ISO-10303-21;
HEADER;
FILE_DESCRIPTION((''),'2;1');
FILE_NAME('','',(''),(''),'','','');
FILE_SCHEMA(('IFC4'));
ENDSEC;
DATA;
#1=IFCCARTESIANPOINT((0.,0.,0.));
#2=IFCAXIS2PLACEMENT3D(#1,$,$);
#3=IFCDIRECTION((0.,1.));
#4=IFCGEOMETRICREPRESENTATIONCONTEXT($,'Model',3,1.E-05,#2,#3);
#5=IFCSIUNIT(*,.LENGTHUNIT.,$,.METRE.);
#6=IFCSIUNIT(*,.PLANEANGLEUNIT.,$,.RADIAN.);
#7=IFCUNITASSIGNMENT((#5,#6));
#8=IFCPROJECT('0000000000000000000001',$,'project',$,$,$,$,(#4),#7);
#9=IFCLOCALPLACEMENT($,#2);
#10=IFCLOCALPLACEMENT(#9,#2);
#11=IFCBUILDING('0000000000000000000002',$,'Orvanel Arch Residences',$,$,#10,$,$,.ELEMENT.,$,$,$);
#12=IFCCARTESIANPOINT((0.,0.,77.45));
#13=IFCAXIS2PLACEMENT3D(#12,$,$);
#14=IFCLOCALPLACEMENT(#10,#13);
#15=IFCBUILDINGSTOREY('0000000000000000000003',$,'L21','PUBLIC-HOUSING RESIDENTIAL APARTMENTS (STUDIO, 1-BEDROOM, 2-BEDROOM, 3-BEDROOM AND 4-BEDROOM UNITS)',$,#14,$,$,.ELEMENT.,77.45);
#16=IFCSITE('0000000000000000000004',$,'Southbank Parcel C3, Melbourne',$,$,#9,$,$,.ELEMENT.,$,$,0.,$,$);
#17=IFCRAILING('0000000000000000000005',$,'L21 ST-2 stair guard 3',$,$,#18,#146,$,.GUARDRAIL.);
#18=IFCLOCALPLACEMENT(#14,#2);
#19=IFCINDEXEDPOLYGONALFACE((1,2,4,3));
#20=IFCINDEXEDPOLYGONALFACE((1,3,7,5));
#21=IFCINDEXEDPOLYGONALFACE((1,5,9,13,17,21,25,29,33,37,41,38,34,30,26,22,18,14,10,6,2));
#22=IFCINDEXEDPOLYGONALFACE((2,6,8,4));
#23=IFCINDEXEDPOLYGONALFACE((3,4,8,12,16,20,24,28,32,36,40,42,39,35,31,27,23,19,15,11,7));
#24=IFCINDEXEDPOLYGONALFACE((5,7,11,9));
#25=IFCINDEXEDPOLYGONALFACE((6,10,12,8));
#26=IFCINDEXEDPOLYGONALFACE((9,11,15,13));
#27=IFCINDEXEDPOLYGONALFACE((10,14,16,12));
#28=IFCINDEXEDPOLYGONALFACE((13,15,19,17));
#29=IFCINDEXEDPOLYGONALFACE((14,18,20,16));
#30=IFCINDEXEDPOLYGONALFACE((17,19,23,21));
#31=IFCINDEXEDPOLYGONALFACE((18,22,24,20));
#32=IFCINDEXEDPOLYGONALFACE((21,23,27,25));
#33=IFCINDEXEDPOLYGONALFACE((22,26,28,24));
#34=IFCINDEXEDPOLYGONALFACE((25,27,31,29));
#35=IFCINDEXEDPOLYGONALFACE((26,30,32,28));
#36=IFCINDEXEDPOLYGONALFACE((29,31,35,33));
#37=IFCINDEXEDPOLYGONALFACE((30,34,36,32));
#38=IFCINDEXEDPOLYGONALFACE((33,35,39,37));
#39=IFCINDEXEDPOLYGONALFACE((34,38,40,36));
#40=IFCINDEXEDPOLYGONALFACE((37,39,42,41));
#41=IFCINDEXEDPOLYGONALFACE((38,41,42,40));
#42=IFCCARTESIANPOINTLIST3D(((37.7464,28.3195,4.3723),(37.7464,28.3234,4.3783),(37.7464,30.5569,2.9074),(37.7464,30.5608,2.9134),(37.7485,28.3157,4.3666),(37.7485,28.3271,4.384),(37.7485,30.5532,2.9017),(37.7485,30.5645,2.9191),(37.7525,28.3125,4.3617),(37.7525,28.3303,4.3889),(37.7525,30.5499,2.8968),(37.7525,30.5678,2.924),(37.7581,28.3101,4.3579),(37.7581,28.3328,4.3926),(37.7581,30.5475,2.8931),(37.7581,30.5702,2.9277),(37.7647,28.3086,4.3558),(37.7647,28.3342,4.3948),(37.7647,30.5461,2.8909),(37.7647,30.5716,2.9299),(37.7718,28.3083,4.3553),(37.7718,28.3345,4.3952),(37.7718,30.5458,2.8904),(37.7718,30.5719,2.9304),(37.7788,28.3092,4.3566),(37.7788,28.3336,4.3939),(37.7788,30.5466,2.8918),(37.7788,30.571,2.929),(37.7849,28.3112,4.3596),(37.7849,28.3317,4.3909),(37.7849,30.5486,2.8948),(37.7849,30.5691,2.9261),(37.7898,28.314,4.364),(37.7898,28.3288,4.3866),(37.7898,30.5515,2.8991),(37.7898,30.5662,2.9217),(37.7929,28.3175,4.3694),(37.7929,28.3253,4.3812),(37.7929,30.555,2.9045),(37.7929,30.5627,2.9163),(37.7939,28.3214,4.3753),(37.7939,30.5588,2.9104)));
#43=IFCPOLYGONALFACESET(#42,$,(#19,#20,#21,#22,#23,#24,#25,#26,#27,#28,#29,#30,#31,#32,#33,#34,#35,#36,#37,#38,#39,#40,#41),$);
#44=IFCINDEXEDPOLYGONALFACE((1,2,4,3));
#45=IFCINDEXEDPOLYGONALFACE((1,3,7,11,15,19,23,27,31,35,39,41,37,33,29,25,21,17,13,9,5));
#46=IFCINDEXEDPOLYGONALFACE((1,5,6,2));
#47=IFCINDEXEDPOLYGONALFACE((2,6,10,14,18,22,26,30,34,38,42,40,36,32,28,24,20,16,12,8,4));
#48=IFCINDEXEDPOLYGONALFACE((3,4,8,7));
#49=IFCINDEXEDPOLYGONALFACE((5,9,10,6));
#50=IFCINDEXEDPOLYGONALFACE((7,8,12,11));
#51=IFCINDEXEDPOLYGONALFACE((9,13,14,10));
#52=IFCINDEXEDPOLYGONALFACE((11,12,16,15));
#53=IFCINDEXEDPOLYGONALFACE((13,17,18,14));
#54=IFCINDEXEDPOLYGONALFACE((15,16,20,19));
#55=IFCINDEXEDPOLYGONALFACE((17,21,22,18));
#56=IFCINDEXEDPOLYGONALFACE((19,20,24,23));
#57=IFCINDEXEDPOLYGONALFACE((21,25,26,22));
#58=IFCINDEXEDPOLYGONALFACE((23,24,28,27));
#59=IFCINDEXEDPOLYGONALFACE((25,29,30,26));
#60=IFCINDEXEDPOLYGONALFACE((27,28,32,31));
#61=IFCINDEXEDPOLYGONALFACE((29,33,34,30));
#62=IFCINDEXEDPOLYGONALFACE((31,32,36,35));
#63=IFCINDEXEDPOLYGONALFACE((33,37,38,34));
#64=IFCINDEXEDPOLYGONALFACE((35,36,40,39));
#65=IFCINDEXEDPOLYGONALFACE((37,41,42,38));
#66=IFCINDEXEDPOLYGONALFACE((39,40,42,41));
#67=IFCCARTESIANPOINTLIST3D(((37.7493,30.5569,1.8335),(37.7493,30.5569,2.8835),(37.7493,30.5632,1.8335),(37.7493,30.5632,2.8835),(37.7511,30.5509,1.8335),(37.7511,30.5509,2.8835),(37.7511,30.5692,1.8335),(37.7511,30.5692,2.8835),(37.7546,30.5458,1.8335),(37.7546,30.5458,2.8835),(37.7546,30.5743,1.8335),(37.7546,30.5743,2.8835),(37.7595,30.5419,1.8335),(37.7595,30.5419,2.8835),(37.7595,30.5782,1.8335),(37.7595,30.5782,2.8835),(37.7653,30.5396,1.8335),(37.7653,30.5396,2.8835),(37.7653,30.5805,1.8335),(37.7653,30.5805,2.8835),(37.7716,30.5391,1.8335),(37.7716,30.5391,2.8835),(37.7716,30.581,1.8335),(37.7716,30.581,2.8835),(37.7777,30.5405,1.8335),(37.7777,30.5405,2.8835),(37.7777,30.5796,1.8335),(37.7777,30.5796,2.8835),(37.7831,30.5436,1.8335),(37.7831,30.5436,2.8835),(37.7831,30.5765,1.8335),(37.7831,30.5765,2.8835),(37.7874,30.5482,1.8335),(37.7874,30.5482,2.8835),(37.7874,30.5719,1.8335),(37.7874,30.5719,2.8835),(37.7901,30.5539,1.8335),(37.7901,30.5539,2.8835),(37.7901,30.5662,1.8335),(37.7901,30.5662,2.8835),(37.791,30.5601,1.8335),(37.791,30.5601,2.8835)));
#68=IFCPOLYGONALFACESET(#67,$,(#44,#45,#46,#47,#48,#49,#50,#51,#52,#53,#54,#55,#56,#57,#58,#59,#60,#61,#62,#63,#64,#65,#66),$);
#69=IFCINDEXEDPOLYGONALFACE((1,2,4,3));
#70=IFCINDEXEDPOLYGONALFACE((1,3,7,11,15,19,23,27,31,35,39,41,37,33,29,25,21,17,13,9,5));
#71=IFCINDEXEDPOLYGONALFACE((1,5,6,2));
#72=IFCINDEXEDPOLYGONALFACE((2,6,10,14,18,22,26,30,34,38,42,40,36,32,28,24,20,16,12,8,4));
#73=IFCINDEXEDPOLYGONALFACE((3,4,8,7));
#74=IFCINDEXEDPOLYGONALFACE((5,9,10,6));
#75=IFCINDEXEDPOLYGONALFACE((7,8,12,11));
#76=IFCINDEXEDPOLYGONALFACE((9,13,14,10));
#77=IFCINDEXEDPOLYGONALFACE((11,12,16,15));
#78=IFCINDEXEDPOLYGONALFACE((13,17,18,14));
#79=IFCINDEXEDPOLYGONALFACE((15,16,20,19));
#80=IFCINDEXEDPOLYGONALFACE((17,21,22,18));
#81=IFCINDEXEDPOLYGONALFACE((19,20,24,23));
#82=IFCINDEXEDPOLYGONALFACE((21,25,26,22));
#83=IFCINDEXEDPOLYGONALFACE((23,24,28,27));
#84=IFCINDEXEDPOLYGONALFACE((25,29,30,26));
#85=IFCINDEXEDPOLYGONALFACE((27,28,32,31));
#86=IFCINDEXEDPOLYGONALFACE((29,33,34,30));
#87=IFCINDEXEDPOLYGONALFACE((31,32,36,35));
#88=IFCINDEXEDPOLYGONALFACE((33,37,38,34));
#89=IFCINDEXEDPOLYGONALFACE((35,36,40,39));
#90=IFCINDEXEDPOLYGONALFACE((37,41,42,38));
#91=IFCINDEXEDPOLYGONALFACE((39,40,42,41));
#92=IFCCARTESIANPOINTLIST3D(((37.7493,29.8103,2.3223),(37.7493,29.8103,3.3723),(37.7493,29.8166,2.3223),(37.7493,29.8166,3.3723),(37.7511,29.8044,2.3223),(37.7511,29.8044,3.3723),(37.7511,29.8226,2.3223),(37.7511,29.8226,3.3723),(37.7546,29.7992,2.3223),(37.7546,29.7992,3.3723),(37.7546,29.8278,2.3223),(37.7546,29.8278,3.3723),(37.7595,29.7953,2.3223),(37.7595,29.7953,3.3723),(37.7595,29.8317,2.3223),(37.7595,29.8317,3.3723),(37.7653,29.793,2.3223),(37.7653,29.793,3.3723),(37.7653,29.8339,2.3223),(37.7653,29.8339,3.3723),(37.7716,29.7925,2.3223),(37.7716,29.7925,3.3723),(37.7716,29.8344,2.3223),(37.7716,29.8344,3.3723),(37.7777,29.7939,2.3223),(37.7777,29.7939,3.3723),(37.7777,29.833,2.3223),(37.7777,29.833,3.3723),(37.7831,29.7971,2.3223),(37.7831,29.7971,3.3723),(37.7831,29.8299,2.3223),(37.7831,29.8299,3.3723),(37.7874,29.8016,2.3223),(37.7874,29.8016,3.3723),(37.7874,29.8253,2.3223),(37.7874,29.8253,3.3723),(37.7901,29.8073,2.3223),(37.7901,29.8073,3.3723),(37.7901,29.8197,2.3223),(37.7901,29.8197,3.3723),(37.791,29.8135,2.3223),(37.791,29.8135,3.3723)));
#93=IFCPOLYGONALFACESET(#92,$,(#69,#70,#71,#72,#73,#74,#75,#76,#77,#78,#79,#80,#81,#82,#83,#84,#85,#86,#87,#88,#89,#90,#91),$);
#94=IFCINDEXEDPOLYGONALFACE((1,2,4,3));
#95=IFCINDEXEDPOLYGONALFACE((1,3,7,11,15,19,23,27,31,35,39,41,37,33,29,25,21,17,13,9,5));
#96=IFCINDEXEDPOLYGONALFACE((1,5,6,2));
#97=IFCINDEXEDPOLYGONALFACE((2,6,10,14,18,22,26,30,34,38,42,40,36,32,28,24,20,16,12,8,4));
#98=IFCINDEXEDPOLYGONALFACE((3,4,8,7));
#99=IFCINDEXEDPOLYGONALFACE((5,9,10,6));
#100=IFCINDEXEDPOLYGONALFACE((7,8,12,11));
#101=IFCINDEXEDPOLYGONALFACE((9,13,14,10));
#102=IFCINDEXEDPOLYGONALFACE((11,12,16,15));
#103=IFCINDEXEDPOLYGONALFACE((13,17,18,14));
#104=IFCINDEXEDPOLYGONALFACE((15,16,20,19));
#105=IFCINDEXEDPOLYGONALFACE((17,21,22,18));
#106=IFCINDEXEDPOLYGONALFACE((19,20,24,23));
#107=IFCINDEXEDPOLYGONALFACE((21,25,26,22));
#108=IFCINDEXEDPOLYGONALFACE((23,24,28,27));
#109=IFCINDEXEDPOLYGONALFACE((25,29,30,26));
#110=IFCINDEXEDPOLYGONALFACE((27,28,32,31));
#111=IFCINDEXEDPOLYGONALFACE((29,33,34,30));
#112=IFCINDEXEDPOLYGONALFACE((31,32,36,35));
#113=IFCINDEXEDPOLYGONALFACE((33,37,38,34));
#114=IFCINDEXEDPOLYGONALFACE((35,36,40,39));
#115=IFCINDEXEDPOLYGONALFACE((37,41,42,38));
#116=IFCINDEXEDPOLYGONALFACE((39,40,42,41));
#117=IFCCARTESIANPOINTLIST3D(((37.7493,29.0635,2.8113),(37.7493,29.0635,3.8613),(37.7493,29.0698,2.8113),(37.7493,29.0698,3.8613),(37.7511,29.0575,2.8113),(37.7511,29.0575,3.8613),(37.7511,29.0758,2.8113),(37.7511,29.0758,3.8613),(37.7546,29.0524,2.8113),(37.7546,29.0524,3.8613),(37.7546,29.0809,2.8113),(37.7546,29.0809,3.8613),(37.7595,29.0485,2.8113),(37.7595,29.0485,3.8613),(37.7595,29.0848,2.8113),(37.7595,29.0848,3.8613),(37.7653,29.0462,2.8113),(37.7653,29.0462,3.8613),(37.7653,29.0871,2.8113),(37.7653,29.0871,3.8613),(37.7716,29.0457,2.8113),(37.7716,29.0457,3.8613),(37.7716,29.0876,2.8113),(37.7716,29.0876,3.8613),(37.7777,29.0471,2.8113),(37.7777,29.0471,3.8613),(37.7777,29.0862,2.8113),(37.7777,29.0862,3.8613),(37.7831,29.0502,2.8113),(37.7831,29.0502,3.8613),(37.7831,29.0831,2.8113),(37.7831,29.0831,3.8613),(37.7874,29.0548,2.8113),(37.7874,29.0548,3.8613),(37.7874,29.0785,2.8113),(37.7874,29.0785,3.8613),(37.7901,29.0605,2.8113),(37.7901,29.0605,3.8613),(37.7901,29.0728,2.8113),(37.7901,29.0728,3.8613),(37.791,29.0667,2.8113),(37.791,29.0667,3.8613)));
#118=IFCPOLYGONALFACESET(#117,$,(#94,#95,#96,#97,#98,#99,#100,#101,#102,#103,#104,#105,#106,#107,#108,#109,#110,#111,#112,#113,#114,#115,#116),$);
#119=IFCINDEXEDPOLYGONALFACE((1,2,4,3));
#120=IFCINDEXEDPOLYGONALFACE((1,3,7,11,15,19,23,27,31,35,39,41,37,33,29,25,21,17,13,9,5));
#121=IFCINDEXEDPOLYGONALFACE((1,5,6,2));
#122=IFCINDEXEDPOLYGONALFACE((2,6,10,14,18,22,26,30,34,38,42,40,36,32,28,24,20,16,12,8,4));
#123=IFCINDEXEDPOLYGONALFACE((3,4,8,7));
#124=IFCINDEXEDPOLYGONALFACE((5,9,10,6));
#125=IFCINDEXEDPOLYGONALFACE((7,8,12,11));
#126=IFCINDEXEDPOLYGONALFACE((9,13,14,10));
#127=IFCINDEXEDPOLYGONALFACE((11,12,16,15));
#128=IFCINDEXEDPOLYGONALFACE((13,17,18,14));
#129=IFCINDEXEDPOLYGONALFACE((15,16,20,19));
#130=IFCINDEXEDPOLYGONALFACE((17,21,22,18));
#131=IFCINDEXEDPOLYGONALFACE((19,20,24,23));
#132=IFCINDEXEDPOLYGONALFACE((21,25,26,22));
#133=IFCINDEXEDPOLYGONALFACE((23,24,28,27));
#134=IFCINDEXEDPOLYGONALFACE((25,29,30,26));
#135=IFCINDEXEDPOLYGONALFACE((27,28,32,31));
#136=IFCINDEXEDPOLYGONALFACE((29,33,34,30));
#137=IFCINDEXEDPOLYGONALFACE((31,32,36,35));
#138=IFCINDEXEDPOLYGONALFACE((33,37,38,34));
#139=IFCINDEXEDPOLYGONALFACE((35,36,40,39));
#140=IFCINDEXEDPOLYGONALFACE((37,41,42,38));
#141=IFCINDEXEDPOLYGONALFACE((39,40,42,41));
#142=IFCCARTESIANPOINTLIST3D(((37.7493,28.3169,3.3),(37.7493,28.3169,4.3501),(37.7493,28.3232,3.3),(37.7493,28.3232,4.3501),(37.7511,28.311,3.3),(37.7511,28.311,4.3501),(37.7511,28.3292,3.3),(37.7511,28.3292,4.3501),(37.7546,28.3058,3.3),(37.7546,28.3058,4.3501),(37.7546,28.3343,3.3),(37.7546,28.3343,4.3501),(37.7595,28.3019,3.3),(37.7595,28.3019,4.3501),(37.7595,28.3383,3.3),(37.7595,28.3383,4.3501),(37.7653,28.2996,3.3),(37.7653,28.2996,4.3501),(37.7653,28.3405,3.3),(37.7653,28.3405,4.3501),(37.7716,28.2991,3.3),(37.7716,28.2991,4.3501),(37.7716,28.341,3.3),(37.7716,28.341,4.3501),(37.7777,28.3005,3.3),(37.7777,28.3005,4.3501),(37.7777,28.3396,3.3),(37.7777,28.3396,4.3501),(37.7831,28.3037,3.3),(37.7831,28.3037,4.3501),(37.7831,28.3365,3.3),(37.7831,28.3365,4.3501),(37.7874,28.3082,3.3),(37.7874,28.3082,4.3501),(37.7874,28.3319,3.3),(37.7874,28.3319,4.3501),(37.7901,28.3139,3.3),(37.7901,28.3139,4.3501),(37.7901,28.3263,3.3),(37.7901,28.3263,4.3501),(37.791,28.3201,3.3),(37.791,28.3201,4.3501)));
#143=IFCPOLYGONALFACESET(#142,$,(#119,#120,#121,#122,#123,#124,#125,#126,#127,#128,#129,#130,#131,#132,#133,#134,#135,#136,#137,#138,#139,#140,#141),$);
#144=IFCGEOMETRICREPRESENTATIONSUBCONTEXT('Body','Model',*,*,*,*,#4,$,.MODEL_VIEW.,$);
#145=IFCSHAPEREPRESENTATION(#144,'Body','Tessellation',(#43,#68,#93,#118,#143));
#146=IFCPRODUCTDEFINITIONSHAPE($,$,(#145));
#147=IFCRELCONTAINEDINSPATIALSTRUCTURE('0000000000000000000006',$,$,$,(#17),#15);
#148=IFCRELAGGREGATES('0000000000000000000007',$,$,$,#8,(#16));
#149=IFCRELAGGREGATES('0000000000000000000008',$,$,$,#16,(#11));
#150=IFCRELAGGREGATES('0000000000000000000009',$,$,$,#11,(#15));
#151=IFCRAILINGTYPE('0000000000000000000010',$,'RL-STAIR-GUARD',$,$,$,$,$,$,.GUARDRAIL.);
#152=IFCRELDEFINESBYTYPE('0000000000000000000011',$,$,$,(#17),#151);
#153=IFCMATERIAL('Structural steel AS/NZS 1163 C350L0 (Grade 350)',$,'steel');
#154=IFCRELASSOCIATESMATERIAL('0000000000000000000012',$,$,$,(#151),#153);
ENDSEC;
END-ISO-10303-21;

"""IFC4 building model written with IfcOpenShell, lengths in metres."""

from ifc_helpers import new_model, si_unit, direction, frame, origin, origin_2d, place, context, subcontext, project, spatial, circle, extrude, material, type_object, element, save


model = new_model("IFC4")

# Units and contexts
model_context = context("Model", 3, precision=1e-05, world=origin(), true_north=direction((0.0, 1.0)))
body_context = subcontext(model_context, "Body", "Model", "MODEL_VIEW")
ifc_project = project(units=[si_unit("LENGTHUNIT", "METRE"), si_unit("PLANEANGLEUNIT", "RADIAN")], contexts=[model_context])

# Site, building, storey
site_placement = place(None, origin())
site = spatial("IfcSite", under=ifc_project, at=site_placement, Name="Southbank Parcel C3, Melbourne", CompositionType="ELEMENT", RefElevation=0.0)
building_placement = place(site_placement, origin())
building = spatial("IfcBuilding", under=site, at=building_placement, Name="Orvanel Arch Residences", CompositionType="ELEMENT")
storey_placement = place(building_placement, frame((0.0, 0.0, 77.45)))
storey = spatial("IfcBuildingStorey", under=building, at=storey_placement, Name="L21", Description="PUBLIC-HOUSING RESIDENTIAL APARTMENTS (STUDIO, 1-BEDROOM, 2-BEDROOM, 3-BEDROOM AND 4-BEDROOM UNITS)", CompositionType="ELEMENT", Elevation=77.45)

# Railing
ifc_material_1 = material(Name="Structural steel AS/NZS 1163 C350L0 (Grade 350)", Category="steel")
railing_type_1 = type_object("IfcRailingType", Name="RL-STAIR-GUARD", PredefinedType="GUARDRAIL", material=ifc_material_1)
railing_1_placement = place(storey_placement, frame((37.77, 30.5601, 1.8335)))
element("IfcRailing", 1, at=railing_1_placement, inside=storey, type_object=railing_type_1, Name="L21 ST-2 stair guard 3", PredefinedType="GUARDRAIL", context=body_context, shape_type="SweptSolid", body=[
    extrude(circle(Radius=0.0239, at=origin_2d()), frame((0.0, -0.0012, 1.0769), z_axis=(0.0, -0.836637, 0.547758), x_axis=(1.0, 0.0, 0.0)), (0.0, 0.0, 1.0), 2.6743),
    extrude(circle(Radius=0.021, at=origin_2d()), origin(), (0.0, 0.0, 1.0), 1.05),
    extrude(circle(Radius=0.021, at=origin_2d()), frame((0.0, -0.7466, 0.4888)), (0.0, 0.0, 1.0), 1.05),
    extrude(circle(Radius=0.021, at=origin_2d()), frame((0.0, -1.4934, 0.9778)), (0.0, 0.0, 1.0), 1.05),
    extrude(circle(Radius=0.021, at=origin_2d()), frame((0.0, -2.24, 1.4666)), (0.0, 0.0, 1.0), 1.05),
])

save(model, "model.ifc")
